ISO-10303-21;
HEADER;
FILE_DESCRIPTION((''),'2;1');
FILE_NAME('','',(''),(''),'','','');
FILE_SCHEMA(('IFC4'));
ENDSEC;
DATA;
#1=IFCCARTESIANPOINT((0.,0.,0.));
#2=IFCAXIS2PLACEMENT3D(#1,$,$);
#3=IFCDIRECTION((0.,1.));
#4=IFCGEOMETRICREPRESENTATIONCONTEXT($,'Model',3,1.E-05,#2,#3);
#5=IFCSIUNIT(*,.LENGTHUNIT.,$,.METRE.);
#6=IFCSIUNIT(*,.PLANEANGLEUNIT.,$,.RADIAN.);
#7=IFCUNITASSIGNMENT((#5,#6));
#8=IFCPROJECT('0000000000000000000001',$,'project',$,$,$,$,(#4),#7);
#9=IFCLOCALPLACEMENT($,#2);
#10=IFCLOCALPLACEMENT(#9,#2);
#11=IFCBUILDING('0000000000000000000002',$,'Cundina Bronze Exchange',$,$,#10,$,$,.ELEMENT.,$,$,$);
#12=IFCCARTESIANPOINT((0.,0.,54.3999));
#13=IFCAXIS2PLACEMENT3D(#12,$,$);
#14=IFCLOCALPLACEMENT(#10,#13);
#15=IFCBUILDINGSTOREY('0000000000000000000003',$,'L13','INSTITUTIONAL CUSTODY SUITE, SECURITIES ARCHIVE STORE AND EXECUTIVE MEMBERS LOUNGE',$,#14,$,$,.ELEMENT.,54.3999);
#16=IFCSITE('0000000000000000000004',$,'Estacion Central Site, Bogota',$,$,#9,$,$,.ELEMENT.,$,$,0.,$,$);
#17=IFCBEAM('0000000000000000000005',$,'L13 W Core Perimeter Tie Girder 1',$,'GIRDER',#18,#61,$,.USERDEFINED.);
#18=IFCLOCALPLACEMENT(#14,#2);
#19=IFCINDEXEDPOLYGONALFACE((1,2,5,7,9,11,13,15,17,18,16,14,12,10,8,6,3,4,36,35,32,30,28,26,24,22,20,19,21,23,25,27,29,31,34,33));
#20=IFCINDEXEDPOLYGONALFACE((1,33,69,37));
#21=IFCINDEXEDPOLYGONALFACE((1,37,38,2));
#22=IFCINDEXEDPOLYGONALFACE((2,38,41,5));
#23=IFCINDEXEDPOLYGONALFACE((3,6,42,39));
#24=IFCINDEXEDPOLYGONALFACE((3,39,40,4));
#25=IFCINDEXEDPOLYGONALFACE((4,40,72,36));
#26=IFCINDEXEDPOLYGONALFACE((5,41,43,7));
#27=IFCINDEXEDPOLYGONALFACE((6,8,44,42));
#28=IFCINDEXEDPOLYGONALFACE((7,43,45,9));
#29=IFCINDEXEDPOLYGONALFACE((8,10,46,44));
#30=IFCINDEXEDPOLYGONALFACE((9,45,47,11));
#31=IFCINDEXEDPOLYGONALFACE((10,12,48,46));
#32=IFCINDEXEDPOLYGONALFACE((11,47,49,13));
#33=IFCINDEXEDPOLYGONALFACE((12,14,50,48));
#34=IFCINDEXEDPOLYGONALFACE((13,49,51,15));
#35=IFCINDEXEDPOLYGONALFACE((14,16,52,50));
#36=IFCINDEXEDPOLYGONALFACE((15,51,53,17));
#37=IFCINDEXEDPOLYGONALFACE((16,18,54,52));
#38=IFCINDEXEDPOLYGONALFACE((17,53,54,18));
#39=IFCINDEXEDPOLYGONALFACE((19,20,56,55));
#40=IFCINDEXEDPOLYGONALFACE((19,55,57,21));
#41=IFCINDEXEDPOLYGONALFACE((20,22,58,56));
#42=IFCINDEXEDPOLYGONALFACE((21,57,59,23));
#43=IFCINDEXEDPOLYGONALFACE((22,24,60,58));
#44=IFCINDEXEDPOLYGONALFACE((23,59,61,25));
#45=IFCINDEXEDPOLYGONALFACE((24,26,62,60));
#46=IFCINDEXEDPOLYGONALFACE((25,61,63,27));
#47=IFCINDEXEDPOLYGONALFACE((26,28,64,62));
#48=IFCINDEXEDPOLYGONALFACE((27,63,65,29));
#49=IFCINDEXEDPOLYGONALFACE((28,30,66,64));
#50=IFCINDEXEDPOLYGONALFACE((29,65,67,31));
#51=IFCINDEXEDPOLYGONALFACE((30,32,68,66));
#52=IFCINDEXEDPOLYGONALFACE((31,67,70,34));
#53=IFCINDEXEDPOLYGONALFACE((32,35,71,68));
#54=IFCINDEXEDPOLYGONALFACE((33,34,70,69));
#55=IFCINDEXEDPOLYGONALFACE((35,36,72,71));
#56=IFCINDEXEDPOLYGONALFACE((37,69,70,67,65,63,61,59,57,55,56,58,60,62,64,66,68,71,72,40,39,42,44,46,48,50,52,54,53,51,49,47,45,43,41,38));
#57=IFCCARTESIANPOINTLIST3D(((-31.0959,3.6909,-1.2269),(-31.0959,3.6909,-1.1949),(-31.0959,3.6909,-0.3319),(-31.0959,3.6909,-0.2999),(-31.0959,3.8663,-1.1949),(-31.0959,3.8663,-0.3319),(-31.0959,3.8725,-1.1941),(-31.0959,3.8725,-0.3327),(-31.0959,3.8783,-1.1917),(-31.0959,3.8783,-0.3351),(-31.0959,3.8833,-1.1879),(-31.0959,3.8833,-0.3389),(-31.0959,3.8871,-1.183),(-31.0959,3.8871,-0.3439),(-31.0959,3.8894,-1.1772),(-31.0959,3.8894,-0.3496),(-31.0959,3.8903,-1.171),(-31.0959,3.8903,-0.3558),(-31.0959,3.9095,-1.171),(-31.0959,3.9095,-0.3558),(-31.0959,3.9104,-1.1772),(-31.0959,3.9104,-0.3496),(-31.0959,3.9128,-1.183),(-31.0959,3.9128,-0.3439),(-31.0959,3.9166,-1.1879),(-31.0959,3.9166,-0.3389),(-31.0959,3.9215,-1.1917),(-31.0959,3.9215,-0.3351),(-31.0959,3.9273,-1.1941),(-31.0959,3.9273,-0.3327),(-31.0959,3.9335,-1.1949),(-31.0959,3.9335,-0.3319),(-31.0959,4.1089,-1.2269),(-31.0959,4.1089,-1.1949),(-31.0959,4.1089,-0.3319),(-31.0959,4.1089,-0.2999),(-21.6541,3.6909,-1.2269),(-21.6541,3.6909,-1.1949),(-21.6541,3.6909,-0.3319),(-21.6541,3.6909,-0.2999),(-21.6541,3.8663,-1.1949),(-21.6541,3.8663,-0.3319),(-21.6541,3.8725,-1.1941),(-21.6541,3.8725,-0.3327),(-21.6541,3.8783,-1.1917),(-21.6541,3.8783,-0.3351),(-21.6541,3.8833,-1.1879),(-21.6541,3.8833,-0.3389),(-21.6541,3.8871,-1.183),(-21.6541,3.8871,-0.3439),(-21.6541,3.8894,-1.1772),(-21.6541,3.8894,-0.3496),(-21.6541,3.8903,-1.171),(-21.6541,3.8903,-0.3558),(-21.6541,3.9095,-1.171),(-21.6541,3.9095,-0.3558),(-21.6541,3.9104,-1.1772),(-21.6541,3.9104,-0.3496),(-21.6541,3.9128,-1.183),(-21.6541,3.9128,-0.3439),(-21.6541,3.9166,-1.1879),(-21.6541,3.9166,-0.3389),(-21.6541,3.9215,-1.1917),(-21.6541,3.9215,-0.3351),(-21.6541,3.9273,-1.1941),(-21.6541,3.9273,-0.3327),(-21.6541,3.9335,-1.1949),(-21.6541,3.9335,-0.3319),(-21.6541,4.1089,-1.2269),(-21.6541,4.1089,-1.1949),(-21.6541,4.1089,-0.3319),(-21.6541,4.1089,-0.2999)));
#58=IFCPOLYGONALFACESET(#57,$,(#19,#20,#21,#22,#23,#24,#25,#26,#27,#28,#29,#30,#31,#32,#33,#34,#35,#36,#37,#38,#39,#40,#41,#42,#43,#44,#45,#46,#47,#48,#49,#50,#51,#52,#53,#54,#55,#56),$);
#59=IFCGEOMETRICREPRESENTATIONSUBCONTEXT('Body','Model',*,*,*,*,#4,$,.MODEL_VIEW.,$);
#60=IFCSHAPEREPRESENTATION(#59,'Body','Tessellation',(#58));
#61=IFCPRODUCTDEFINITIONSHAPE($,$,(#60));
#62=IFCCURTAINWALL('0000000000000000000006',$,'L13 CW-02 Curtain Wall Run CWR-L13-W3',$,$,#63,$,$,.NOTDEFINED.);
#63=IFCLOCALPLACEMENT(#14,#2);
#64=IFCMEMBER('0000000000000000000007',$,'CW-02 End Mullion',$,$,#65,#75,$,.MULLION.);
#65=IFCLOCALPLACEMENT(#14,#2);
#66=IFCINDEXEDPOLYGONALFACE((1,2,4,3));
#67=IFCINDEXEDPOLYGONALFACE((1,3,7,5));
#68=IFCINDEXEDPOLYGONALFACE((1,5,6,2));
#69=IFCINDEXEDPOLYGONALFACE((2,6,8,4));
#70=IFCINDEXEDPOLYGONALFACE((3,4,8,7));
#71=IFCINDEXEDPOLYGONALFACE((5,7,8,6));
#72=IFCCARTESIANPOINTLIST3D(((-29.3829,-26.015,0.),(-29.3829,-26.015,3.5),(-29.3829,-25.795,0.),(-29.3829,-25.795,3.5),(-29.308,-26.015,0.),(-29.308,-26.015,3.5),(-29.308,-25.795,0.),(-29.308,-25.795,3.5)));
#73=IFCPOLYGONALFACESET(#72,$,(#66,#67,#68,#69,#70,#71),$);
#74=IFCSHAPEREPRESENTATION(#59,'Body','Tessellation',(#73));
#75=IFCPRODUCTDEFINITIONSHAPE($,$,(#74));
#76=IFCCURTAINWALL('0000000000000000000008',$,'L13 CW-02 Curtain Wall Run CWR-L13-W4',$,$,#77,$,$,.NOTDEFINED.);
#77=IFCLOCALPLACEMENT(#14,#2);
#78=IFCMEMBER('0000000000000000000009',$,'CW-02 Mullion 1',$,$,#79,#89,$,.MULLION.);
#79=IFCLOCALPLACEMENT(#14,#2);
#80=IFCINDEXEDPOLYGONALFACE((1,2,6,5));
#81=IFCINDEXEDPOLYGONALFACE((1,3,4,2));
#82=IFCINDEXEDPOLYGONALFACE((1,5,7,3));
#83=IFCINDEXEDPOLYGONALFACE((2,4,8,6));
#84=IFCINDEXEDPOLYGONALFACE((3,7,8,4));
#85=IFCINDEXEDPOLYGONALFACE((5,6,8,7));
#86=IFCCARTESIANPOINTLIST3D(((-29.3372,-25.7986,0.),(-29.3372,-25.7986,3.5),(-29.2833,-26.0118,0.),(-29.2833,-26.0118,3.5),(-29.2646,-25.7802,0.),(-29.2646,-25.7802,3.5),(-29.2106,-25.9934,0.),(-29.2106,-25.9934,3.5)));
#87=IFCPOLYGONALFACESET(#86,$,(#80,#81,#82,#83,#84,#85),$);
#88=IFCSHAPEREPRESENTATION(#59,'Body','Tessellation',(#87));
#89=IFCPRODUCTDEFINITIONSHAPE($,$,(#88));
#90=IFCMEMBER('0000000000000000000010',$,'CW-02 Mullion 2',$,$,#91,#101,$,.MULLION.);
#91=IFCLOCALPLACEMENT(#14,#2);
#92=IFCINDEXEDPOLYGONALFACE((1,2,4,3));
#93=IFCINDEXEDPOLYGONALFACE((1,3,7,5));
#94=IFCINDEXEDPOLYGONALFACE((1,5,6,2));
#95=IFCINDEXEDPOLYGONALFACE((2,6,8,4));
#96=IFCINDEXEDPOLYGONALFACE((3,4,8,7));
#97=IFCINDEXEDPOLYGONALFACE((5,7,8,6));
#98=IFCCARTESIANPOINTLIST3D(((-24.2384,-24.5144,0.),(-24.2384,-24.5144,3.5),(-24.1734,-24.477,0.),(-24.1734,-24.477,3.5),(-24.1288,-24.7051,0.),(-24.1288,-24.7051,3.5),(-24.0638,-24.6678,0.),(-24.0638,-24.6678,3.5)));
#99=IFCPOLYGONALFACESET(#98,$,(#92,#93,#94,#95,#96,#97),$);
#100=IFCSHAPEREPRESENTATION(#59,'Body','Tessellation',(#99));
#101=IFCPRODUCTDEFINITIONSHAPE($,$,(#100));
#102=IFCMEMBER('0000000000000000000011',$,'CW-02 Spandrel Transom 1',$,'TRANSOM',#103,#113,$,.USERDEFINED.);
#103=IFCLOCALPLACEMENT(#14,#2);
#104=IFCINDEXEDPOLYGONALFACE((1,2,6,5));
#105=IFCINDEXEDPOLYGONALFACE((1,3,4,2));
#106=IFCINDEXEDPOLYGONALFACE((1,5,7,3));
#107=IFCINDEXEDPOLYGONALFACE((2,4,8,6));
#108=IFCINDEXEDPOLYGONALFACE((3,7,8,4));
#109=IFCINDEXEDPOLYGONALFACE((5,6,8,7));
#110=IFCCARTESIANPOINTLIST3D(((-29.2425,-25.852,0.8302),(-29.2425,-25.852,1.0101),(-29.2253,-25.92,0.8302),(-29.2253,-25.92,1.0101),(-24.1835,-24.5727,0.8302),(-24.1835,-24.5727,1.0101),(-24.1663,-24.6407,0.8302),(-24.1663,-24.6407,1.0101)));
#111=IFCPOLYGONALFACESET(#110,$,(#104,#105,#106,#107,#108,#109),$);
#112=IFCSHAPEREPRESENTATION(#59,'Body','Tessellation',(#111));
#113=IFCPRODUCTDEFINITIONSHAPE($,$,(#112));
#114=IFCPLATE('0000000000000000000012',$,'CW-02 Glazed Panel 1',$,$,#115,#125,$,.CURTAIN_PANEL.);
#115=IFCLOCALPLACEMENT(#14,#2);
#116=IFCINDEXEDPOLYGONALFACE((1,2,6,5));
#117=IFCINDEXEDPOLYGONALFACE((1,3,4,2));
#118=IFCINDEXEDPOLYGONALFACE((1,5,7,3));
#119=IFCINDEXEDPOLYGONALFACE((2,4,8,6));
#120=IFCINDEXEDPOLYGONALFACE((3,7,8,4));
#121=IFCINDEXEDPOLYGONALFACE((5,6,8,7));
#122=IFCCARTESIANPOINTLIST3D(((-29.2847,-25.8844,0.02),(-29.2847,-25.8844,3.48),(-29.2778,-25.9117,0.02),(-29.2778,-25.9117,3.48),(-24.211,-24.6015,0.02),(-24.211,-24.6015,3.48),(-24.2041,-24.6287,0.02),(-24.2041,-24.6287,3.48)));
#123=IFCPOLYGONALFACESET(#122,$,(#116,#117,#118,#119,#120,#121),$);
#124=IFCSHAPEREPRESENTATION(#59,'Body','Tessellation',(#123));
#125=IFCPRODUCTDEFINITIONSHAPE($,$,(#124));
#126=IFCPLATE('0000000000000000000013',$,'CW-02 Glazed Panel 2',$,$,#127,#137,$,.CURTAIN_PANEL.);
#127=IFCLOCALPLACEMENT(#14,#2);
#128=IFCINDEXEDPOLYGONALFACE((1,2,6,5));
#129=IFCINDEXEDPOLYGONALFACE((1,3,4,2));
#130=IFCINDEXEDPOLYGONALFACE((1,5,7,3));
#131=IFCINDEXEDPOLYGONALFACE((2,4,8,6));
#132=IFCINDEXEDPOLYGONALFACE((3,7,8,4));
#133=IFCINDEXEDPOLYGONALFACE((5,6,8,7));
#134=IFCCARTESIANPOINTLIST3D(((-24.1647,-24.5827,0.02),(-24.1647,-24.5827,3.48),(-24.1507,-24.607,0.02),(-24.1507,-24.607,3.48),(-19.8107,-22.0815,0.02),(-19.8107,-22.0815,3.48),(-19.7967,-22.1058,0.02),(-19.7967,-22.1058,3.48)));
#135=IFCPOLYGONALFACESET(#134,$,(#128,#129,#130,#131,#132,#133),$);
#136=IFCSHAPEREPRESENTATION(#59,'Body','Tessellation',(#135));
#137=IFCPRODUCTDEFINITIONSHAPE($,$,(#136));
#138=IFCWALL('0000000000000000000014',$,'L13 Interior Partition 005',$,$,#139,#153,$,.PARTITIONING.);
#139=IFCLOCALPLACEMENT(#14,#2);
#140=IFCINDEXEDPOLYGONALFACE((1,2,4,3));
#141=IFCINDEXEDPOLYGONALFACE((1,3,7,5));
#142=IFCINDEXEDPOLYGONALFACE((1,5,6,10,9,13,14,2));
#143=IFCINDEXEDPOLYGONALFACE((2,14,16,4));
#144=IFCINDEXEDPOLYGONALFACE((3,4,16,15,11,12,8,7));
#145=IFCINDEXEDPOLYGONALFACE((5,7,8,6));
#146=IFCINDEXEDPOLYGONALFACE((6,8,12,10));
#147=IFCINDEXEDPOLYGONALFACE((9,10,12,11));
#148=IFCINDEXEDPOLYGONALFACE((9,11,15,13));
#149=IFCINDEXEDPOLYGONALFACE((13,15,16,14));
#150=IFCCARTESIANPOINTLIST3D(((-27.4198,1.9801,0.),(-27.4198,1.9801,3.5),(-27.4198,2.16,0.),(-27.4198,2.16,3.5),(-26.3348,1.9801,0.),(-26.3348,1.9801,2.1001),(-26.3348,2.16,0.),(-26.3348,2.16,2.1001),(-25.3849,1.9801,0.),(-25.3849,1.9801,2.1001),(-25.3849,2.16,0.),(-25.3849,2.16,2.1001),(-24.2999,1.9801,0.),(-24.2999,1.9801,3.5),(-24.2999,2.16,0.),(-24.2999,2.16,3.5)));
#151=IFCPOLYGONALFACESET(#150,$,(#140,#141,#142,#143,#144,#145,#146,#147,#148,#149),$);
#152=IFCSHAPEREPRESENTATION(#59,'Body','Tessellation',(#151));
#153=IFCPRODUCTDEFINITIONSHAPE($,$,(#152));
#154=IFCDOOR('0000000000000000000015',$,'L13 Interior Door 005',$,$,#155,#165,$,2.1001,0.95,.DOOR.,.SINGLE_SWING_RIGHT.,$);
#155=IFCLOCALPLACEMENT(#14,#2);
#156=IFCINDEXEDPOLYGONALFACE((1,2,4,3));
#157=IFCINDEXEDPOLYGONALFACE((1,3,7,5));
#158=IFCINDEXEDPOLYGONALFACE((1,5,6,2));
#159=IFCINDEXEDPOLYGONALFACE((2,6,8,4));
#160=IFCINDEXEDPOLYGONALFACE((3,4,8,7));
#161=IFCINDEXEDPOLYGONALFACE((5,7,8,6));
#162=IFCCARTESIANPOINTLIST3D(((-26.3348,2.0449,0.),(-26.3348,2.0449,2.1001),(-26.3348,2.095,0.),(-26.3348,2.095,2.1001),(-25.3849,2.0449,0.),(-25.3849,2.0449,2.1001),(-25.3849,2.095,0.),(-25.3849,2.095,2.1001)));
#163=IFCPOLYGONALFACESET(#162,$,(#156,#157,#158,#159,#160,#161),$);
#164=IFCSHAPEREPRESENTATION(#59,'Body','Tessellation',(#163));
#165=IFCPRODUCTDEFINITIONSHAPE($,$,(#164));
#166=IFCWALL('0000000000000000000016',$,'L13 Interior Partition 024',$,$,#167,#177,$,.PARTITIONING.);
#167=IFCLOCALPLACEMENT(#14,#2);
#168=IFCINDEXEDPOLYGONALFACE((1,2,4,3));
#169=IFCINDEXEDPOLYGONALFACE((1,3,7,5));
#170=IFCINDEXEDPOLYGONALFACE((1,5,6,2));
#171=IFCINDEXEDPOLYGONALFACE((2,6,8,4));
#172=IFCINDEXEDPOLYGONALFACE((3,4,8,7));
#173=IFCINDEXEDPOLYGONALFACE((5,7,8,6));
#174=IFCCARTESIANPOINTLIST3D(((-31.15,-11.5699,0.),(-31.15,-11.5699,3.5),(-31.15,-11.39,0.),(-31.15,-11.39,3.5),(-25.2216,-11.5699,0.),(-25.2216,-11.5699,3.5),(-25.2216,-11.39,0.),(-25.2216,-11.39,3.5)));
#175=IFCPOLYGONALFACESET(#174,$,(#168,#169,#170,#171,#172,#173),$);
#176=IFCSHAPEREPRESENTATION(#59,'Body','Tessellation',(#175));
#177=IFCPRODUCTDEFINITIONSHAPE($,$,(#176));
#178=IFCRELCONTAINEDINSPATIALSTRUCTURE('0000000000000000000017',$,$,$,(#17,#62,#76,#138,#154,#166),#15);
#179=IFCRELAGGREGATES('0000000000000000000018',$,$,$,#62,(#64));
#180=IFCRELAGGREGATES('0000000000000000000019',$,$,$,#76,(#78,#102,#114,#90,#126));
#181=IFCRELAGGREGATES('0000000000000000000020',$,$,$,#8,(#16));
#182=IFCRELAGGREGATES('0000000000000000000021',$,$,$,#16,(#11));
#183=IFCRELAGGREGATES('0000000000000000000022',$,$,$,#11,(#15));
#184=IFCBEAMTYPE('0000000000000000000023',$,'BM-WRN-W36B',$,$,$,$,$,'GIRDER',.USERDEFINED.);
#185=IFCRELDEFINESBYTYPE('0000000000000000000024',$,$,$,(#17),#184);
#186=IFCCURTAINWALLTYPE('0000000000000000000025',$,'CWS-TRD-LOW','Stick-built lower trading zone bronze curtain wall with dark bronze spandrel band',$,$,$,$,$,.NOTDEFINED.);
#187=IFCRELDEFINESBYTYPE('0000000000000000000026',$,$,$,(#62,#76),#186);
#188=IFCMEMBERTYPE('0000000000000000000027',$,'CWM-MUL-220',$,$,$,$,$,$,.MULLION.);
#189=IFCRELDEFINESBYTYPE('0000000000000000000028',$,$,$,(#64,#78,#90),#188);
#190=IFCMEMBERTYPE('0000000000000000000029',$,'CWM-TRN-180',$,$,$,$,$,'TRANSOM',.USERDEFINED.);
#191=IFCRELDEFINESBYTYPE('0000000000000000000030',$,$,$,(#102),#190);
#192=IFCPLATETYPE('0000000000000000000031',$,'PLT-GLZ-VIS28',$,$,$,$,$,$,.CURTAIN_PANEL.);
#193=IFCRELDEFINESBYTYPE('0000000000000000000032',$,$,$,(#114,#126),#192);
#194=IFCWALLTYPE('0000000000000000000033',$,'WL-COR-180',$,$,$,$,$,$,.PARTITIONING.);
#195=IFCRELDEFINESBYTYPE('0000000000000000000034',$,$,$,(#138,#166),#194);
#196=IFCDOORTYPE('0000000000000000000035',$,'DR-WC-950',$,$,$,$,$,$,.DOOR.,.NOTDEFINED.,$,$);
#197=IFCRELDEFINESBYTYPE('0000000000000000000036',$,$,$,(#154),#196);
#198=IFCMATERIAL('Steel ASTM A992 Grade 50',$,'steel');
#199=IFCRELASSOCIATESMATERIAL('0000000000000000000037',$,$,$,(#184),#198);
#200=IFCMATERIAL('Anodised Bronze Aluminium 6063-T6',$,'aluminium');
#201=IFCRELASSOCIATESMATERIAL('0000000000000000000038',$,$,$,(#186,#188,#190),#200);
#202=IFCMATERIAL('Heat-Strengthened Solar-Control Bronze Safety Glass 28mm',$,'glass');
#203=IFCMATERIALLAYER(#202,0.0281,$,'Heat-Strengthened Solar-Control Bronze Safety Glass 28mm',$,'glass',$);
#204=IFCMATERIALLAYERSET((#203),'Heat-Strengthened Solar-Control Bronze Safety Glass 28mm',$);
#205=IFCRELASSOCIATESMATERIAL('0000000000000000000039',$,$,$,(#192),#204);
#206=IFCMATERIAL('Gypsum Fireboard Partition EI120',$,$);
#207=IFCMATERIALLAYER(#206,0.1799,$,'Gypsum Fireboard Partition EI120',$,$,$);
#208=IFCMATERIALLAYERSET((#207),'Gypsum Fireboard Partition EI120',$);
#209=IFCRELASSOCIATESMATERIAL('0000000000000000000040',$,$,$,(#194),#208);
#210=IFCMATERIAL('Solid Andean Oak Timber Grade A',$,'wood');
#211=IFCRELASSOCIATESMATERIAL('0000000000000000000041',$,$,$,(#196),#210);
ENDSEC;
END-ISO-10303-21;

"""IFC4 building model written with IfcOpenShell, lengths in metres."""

from ifc_helpers import new_model, si_unit, direction, frame, frame_2d, origin, origin_2d, place, context, subcontext, project, spatial, rectangle, i_section, extrude, material, layer, layer_set, material_profile, profile_set, type_object, element, fill, aggregate, save


model = new_model("IFC4")

# Units and contexts
model_context = context("Model", 3, precision=1e-05, world=origin(), true_north=direction((0.0, 1.0)))
body_context = subcontext(model_context, "Body", "Model", "MODEL_VIEW")
ifc_project = project(units=[si_unit("LENGTHUNIT", "METRE"), si_unit("PLANEANGLEUNIT", "RADIAN")], contexts=[model_context])

# Site, building, storey
site_placement = place(None, origin())
site = spatial("IfcSite", under=ifc_project, at=site_placement, Name="Estacion Central Site, Bogota", CompositionType="ELEMENT", RefElevation=0.0)
building_placement = place(site_placement, origin())
building = spatial("IfcBuilding", under=site, at=building_placement, Name="Cundina Bronze Exchange", CompositionType="ELEMENT")
storey_placement = place(building_placement, frame((0.0, 0.0, 54.3999)))
storey = spatial("IfcBuildingStorey", under=building, at=storey_placement, Name="L13", Description="INSTITUTIONAL CUSTODY SUITE, SECURITIES ARCHIVE STORE AND EXECUTIVE MEMBERS LOUNGE", CompositionType="ELEMENT", Elevation=54.3999)

# Shared definitions
ifc_material_1 = material(Name="Steel ASTM A992 Grade 50", Category="steel")

# Beam
ifc_material_profile_1 = material_profile(ifc_material_1, i_section(OverallWidth=0.418, OverallDepth=0.927, WebThickness=0.0193, FlangeThickness=0.032, FilletRadius=0.0239, at=origin_2d()), Name="W36X231", Category="steel")
ifc_profile_set_1 = profile_set([ifc_material_profile_1], Name="Steel ASTM A992 Grade 50")
beam_type_1 = type_object("IfcBeamType", Name="BM-WRN-W36B", ElementType="GIRDER", PredefinedType="USERDEFINED", material=ifc_profile_set_1)
beam_1_placement = place(storey_placement, frame((-31.0959, 3.8999, -0.7634), z_axis=(1.0, 0.0, 0.0), x_axis=(0.0, 1.0, 0.0)))
element("IfcBeam", 1, at=beam_1_placement, inside=storey, type_object=beam_type_1, Name="L13 W Core Perimeter Tie Girder 1", ObjectType="GIRDER", PredefinedType="USERDEFINED", context=body_context, shape_type="SweptSolid", body=[
    extrude(i_section(OverallWidth=0.418, OverallDepth=0.927, WebThickness=0.0193, FlangeThickness=0.032, FilletRadius=0.0239, at=origin_2d()), origin(), (0.0, 0.0, 1.0), 9.4419),
])

# Curtain wall, member
ifc_material_2 = material(Name="Anodised Bronze Aluminium 6063-T6", Category="aluminium")
curtain_wall_type = type_object("IfcCurtainWallType", Name="CWS-TRD-LOW", Description="Stick-built lower trading zone bronze curtain wall with dark bronze spandrel band", PredefinedType="NOTDEFINED", material=ifc_material_2)
curtain_wall_1_placement = place(storey_placement, origin())
curtain_wall_1 = element("IfcCurtainWall", 2, at=curtain_wall_1_placement, inside=storey, type_object=curtain_wall_type, Name="L13 CW-02 Curtain Wall Run CWR-L13-W3", PredefinedType="NOTDEFINED")
ifc_material_profile_2 = material_profile(ifc_material_2, rectangle(XDim=0.075, YDim=0.22, at=origin_2d()), Name="AL75X220", Category="aluminium")
ifc_profile_set_2 = profile_set([ifc_material_profile_2], Name="Anodised Bronze Aluminium 6063-T6")
member_type_1 = type_object("IfcMemberType", Name="CWM-MUL-220", PredefinedType="MULLION", material=ifc_profile_set_2)
member_1_placement = place(storey_placement, frame((-29.3455, -25.905, 0.0), z_axis=(0.0, 0.0, 1.0), x_axis=(1.0, 0.0, 0.0)))
member_1 = element("IfcMember", 3, at=member_1_placement, type_object=member_type_1, Name="CW-02 End Mullion", PredefinedType="MULLION", context=body_context, shape_type="SweptSolid", body=[
    extrude(rectangle(XDim=0.075, YDim=0.22, at=origin_2d()), origin(), (0.0, 0.0, 1.0), 3.5),
])
aggregate(curtain_wall_1, [member_1])

# Curtain wall, members, plates
curtain_wall_2_placement = place(storey_placement, origin())
curtain_wall_2 = element("IfcCurtainWall", 4, at=curtain_wall_2_placement, inside=storey, type_object=curtain_wall_type, Name="L13 CW-02 Curtain Wall Run CWR-L13-W4", PredefinedType="NOTDEFINED")
member_2_placement = place(storey_placement, frame((-29.2739, -25.896, 0.0), z_axis=(0.0, 0.0, 1.0), x_axis=(0.969488, 0.245138, 0.0)))
member_2 = element("IfcMember", 5, at=member_2_placement, type_object=member_type_1, Name="CW-02 Mullion 1", PredefinedType="MULLION", context=body_context, shape_type="SweptSolid", body=[
    extrude(rectangle(XDim=0.075, YDim=0.22, at=origin_2d()), origin(), (0.0, 0.0, 1.0), 3.5),
])
member_3_placement = place(storey_placement, frame((-24.1511, -24.5911, 0.0), z_axis=(0.0, 0.0, 1.0), x_axis=(0.867071, 0.498185, 0.0)))
member_3 = element("IfcMember", 6, at=member_3_placement, type_object=member_type_1, Name="CW-02 Mullion 2", PredefinedType="MULLION", context=body_context, shape_type="SweptSolid", body=[
    extrude(rectangle(XDim=0.075, YDim=0.22, at=origin_2d()), origin(), (0.0, 0.0, 1.0), 3.5),
])
ifc_material_profile_3 = material_profile(ifc_material_2, rectangle(XDim=0.0701, YDim=0.1799, at=origin_2d()), Name="AL70X180", Category="aluminium")
ifc_profile_set_3 = profile_set([ifc_material_profile_3], Name="Anodised Bronze Aluminium 6063-T6")
member_type_2 = type_object("IfcMemberType", Name="CWM-TRN-180", ElementType="TRANSOM", PredefinedType="USERDEFINED", material=ifc_profile_set_3)
member_4_placement = place(storey_placement, frame((-29.2339, -25.886, 0.9202), z_axis=(0.969484, 0.245155, 0.0), x_axis=(-0.245155, 0.969484, 0.0)))
member_4 = element("IfcMember", 7, at=member_4_placement, type_object=member_type_2, Name="CW-02 Spandrel Transom 1", ObjectType="TRANSOM", PredefinedType="USERDEFINED", context=body_context, shape_type="SweptSolid", body=[
    extrude(rectangle(XDim=0.0701, YDim=0.1799, at=origin_2d()), origin(), (0.0, 0.0, 1.0), 5.2183),
])
ifc_material_3 = material(Name="Heat-Strengthened Solar-Control Bronze Safety Glass 28mm", Category="glass")
ifc_layer_1 = layer(ifc_material_3, 0.0281, Name="Heat-Strengthened Solar-Control Bronze Safety Glass 28mm", Category="glass")
ifc_layer_set_1 = layer_set([ifc_layer_1], Name="Heat-Strengthened Solar-Control Bronze Safety Glass 28mm")
plate_type = type_object("IfcPlateType", Name="PLT-GLZ-VIS28", PredefinedType="CURTAIN_PANEL", material=ifc_layer_set_1)
plate_1_placement = place(storey_placement, frame((-26.7444, -25.2566, 0.02), z_axis=(0.0, 0.0, 1.0), x_axis=(0.969488, 0.245138, 0.0)))
plate_1 = element("IfcPlate", 8, at=plate_1_placement, type_object=plate_type, Name="CW-02 Glazed Panel 1", PredefinedType="CURTAIN_PANEL", context=body_context, shape_type="SweptSolid", body=[
    extrude(rectangle(XDim=5.2334, YDim=0.0281, at=origin_2d()), origin(), (0.0, 0.0, 1.0), 3.46),
])
plate_2_placement = place(storey_placement, frame((-21.9807, -23.3442, 0.02), z_axis=(0.0, 0.0, 1.0), x_axis=(0.867105, 0.498125, 0.0)))
plate_2 = element("IfcPlate", 9, at=plate_2_placement, type_object=plate_type, Name="CW-02 Glazed Panel 2", PredefinedType="CURTAIN_PANEL", context=body_context, shape_type="SweptSolid", body=[
    extrude(rectangle(XDim=5.0212, YDim=0.0281, at=origin_2d()), origin(), (0.0, 0.0, 1.0), 3.46),
])
aggregate(curtain_wall_2, [member_2, member_4, plate_1, member_3, plate_2])

# Wall, opening, door
ifc_material_4 = material(Name="Gypsum Fireboard Partition EI120")
ifc_layer_2 = layer(ifc_material_4, 0.1799, Name="Gypsum Fireboard Partition EI120")
ifc_layer_set_2 = layer_set([ifc_layer_2], Name="Gypsum Fireboard Partition EI120")
wall_type_1 = type_object("IfcWallType", Name="WL-COR-180", PredefinedType="PARTITIONING", material=ifc_layer_set_2)
wall_1_placement = place(storey_placement, frame((-27.4199, 2.0701, 0.0), z_axis=(0.0, 0.0, 1.0), x_axis=(1.0, 0.0, 0.0)))
wall_1 = element("IfcWall", 10, at=wall_1_placement, inside=storey, type_object=wall_type_1, Name="L13 Interior Partition 005", PredefinedType="PARTITIONING", context=body_context, shape_type="SweptSolid", body=[
    extrude(rectangle(XDim=3.1199, YDim=0.1799, at=frame_2d((1.5601, 0.0))), origin(), (0.0, 0.0, 1.0), 3.5),
])
opening_1_placement = place(wall_1_placement, frame((1.085, 0.0, 0.0)))
opening_1 = element("IfcOpeningElement", 11, at=opening_1_placement, cuts=wall_1, PredefinedType="OPENING", context=body_context, shape_type="SweptSolid", body=[
    extrude(rectangle(XDim=0.95, YDim=2.1001, at=frame_2d((0.4751, 1.05))), frame((0.0, 0.0999, 0.0), z_axis=(0.0, -1.0, 0.0), x_axis=(1.0, 0.0, 0.0)), (0.0, 0.0, 1.0), 0.2),
])
ifc_material_5 = material(Name="Solid Andean Oak Timber Grade A", Category="wood")
door_type_1 = type_object("IfcDoorType", Name="DR-WC-950", OperationType="NOTDEFINED", PredefinedType="DOOR", material=ifc_material_5)
door_1_placement = place(opening_1_placement, origin())
door_1 = element("IfcDoor", 12, at=door_1_placement, inside=storey, type_object=door_type_1, Name="L13 Interior Door 005", OperationType="SINGLE_SWING_RIGHT", OverallHeight=2.1001, OverallWidth=0.95, PredefinedType="DOOR", context=body_context, shape_type="SweptSolid", body=[
    extrude(rectangle(XDim=0.95, YDim=2.1001, at=frame_2d((0.4751, 1.05))), frame((0.0, 0.0249, 0.0), z_axis=(0.0, -1.0, 0.0), x_axis=(1.0, 0.0, 0.0)), (0.0, 0.0, 1.0), 0.05),
])
fill(opening_1, door_1)

# Wall
wall_2_placement = place(storey_placement, frame((-25.2214, -11.48, 0.0), z_axis=(0.0, 0.0, 1.0), x_axis=(-1.0, 0.0, 0.0)))
element("IfcWall", 13, at=wall_2_placement, inside=storey, type_object=wall_type_1, Name="L13 Interior Partition 024", PredefinedType="PARTITIONING", context=body_context, shape_type="SweptSolid", body=[
    extrude(rectangle(XDim=5.9285, YDim=0.1799, at=frame_2d((2.9644, 0.0))), origin(), (0.0, 0.0, 1.0), 3.5),
])

save(model, "model.ifc")
